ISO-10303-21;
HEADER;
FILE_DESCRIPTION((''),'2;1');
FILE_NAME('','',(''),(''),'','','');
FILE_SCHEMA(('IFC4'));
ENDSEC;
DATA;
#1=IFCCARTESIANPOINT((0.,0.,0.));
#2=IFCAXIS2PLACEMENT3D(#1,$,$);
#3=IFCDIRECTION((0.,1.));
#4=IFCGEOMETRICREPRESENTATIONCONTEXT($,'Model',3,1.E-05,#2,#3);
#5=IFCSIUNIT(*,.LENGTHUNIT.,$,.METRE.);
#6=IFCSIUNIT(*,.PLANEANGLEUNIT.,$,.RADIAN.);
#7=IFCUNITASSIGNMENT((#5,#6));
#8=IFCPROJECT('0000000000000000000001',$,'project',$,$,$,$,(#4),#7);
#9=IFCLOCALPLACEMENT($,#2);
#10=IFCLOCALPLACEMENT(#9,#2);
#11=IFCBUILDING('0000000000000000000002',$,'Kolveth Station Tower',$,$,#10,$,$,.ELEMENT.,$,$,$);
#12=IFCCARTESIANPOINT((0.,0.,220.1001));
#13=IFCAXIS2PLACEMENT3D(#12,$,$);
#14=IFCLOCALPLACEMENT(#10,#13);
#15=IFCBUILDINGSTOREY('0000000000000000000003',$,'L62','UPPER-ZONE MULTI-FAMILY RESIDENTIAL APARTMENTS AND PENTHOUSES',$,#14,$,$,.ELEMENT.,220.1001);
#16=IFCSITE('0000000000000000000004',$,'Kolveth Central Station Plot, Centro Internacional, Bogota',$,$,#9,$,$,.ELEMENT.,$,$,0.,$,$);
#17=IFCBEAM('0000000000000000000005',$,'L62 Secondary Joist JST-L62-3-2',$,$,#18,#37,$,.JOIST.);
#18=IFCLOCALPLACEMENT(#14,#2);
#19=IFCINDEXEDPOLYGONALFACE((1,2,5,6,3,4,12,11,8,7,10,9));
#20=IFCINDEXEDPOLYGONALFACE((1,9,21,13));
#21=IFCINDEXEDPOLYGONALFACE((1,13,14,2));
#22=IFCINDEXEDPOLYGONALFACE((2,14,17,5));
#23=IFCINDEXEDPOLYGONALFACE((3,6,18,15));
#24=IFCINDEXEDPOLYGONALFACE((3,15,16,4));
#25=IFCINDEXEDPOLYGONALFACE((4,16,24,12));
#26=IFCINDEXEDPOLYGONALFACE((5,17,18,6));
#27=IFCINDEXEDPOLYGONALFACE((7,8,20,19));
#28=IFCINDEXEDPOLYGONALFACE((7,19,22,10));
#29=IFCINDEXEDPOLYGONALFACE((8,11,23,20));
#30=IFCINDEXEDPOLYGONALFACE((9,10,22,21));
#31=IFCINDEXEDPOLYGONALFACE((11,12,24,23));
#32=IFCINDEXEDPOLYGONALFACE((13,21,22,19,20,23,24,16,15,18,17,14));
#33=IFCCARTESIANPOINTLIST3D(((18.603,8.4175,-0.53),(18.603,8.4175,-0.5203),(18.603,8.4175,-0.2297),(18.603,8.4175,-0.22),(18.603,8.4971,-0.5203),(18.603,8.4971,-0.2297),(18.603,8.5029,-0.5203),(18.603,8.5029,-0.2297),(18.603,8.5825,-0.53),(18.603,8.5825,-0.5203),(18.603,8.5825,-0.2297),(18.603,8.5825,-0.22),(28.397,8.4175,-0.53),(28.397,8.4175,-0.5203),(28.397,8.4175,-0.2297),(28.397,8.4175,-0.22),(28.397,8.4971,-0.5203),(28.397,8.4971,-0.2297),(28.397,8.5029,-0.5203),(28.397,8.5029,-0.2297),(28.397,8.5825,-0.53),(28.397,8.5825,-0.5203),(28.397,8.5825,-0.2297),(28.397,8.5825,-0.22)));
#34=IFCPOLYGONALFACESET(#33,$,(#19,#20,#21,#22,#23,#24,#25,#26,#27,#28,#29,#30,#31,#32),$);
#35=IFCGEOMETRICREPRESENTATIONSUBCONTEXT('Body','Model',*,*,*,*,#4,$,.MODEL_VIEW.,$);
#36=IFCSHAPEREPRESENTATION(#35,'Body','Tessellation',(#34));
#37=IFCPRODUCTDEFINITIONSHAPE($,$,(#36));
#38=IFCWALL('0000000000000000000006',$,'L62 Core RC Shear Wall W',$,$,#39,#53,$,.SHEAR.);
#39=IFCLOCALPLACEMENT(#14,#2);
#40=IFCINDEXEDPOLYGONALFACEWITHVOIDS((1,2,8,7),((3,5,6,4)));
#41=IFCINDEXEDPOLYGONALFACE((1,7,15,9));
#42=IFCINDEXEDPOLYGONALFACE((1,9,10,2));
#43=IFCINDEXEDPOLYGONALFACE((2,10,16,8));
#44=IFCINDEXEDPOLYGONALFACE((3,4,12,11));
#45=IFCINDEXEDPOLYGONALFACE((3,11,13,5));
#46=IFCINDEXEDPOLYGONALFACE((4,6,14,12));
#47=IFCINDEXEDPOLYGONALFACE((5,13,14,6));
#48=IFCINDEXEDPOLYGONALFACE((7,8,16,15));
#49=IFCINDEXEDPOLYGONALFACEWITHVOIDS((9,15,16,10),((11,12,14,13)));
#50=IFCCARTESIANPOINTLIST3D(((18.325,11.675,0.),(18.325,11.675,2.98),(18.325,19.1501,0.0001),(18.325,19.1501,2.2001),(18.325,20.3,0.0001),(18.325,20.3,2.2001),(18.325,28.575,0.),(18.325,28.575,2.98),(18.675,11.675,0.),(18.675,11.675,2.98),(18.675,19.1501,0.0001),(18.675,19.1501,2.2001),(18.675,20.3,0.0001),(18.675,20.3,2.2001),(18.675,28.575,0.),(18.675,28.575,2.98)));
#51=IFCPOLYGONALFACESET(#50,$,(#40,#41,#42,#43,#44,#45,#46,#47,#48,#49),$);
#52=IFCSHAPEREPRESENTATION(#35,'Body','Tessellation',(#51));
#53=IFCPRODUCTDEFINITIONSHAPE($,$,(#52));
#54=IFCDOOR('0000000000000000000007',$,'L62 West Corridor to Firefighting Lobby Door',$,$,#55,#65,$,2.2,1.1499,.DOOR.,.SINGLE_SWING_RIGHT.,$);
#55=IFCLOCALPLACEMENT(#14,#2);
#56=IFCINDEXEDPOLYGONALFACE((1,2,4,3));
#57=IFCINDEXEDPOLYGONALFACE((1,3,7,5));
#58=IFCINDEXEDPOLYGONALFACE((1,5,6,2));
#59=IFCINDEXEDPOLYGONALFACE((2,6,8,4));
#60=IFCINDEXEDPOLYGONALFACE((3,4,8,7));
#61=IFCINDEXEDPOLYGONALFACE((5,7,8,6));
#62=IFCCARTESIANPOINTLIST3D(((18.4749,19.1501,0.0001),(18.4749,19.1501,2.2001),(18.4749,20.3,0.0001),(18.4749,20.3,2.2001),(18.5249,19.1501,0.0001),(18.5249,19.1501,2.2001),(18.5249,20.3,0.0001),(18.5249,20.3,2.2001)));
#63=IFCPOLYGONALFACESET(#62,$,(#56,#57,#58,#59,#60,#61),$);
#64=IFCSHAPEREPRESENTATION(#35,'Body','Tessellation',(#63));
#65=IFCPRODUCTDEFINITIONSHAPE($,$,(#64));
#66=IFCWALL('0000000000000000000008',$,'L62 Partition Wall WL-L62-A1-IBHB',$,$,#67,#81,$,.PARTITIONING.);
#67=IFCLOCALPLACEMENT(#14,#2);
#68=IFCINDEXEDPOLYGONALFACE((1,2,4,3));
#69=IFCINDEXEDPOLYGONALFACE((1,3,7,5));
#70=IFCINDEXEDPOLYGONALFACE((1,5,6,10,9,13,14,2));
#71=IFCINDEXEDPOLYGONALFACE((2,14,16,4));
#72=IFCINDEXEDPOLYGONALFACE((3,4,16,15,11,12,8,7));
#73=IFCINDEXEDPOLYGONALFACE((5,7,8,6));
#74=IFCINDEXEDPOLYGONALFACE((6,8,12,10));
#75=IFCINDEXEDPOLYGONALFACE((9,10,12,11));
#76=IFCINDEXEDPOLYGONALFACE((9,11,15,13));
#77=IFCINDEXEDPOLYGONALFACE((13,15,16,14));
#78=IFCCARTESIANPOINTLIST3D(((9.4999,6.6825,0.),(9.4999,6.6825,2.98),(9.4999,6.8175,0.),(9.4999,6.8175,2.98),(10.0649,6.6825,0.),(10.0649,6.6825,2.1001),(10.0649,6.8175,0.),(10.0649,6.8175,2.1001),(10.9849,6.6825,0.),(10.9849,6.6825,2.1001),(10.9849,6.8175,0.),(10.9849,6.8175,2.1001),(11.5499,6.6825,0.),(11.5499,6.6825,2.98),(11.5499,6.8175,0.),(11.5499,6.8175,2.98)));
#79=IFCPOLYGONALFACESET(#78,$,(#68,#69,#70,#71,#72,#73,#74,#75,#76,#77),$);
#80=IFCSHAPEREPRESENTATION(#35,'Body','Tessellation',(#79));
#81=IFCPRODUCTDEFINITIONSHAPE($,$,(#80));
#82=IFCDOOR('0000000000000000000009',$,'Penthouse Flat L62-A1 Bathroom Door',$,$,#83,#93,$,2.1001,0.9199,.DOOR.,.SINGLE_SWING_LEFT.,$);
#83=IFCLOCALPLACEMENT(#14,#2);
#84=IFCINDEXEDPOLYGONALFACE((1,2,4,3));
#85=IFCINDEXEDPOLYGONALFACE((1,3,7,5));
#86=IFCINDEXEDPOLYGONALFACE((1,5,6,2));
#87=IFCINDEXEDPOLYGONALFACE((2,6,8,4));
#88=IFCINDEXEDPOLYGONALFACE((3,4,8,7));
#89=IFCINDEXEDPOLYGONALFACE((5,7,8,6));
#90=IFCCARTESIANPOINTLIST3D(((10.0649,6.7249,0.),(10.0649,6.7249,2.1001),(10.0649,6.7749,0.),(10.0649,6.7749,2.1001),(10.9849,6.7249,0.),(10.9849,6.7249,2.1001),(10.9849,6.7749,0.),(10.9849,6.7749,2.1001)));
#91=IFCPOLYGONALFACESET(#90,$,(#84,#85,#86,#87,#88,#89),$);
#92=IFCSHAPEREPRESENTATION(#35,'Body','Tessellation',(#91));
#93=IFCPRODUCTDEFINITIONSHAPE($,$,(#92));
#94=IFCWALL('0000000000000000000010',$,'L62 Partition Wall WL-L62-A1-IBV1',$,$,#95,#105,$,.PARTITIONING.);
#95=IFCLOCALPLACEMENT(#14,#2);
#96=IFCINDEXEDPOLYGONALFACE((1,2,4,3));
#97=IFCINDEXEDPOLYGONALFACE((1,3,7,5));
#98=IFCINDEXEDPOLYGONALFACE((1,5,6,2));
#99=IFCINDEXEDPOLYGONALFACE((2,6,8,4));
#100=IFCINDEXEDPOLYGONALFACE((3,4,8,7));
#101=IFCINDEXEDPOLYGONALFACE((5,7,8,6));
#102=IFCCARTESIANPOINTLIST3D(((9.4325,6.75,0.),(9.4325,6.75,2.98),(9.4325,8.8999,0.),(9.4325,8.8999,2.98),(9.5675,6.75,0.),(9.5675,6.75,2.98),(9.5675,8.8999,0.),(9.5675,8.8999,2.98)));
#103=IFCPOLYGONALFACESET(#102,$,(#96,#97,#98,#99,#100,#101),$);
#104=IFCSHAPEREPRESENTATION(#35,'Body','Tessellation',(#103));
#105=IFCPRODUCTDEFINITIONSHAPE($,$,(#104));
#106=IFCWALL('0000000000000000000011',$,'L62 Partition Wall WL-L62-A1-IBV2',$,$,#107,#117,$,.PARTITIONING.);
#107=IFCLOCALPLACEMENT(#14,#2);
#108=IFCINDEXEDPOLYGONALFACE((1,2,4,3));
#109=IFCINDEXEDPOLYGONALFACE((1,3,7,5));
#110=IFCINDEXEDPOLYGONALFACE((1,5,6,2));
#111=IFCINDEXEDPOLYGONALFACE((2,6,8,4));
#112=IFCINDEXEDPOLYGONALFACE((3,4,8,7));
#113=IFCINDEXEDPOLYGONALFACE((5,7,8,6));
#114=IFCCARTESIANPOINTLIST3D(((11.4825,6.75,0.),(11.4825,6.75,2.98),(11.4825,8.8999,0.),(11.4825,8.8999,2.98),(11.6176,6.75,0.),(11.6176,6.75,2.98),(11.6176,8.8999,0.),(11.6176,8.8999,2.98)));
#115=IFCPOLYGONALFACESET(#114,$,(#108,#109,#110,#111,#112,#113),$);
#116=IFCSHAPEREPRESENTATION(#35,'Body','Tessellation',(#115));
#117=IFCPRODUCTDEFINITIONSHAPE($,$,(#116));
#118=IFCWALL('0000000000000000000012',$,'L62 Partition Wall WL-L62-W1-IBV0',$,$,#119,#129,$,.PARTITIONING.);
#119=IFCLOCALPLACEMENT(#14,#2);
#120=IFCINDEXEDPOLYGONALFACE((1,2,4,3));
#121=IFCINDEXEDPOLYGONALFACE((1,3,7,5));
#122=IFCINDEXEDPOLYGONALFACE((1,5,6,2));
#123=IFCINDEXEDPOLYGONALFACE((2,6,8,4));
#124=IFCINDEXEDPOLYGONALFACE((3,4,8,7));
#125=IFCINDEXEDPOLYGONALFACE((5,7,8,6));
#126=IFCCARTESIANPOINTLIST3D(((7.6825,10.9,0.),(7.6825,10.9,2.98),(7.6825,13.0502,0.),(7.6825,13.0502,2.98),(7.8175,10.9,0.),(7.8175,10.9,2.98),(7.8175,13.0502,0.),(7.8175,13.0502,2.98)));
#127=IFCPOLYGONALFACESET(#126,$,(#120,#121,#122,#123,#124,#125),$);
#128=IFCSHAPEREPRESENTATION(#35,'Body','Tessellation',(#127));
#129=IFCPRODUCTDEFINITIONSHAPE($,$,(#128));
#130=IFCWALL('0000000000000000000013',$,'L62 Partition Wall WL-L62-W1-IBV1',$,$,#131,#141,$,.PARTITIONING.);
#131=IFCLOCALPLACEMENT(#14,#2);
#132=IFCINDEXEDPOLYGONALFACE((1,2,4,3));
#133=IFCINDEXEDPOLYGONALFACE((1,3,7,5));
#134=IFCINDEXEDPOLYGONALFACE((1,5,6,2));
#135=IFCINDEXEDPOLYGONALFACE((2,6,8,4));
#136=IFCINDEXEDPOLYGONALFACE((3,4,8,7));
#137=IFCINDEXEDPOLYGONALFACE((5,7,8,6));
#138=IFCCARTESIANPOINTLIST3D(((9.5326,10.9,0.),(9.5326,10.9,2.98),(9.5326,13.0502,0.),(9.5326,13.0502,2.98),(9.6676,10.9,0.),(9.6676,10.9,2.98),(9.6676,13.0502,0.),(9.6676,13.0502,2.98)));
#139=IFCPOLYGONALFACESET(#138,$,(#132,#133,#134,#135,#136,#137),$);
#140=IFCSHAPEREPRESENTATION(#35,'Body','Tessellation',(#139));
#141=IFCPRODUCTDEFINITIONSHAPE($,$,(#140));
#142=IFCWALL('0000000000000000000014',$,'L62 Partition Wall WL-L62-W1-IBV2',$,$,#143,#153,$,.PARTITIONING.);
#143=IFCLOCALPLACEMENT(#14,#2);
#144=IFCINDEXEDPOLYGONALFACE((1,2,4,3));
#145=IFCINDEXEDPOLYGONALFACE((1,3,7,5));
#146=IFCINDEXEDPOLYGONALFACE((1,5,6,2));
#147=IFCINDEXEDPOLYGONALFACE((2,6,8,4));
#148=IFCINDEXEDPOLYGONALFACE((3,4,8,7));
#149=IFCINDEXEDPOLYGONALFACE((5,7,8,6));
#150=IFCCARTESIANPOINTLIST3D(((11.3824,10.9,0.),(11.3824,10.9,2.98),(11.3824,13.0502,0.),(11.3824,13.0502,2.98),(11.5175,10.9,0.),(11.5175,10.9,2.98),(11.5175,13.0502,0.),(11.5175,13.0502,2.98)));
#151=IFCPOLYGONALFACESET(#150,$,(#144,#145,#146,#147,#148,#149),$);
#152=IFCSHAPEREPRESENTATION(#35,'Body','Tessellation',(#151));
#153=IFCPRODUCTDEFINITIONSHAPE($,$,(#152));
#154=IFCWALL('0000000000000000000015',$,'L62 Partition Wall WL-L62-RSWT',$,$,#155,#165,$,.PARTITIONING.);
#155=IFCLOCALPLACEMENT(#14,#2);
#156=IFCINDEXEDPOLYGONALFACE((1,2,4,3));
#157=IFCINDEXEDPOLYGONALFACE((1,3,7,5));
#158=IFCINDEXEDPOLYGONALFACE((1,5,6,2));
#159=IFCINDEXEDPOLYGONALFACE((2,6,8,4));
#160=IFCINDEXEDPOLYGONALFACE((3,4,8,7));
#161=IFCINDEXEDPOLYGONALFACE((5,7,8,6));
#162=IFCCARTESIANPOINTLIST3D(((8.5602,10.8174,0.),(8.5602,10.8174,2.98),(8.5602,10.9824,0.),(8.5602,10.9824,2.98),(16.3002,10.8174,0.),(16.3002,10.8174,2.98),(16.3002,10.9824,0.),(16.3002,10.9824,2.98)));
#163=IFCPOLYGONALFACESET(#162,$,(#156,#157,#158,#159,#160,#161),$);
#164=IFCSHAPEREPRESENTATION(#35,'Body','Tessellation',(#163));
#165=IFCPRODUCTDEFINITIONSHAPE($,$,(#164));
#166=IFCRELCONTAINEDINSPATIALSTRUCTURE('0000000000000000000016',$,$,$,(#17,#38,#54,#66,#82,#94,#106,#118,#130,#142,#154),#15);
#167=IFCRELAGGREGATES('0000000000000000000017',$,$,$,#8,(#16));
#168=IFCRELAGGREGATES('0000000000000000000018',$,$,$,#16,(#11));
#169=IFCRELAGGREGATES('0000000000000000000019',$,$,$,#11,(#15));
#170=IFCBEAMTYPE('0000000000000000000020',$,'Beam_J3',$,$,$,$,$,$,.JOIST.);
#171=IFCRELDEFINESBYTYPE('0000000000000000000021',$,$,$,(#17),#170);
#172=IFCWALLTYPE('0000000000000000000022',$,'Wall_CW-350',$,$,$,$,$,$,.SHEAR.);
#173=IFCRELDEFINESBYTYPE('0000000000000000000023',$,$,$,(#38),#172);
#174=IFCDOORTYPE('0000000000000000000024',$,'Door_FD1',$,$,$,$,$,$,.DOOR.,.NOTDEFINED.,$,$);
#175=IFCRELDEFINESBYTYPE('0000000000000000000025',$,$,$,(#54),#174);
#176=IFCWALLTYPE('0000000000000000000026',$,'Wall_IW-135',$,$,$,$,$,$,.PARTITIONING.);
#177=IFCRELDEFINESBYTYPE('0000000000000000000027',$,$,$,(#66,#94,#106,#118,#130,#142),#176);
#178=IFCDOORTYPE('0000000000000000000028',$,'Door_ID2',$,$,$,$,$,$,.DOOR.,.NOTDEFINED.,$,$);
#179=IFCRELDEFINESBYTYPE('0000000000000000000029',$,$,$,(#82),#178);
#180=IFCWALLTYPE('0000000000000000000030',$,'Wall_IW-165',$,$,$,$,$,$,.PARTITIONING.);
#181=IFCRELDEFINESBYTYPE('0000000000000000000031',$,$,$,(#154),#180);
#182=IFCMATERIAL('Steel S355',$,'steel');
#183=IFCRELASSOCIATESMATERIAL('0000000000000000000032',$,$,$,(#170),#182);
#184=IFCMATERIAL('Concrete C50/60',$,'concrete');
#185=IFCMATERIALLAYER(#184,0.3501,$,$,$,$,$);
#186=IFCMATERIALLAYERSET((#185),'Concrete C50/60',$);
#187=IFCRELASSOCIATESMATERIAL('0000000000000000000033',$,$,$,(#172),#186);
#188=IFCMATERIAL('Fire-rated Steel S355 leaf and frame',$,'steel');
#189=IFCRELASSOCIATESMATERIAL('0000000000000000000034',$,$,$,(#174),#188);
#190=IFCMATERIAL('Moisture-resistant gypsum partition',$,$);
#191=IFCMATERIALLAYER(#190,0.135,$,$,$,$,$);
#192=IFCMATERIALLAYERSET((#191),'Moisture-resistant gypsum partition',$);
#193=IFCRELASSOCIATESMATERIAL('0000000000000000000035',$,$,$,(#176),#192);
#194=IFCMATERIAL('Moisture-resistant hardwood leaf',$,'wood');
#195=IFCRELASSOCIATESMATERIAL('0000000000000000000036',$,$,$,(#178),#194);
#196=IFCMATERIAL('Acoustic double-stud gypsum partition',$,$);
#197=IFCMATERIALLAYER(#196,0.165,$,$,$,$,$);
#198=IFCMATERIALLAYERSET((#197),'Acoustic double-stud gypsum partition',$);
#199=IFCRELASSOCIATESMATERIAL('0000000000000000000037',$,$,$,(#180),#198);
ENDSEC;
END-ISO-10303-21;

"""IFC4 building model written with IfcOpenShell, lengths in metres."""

from ifc_helpers import new_model, si_unit, direction, frame, frame_2d, origin, origin_2d, place, context, subcontext, project, spatial, rectangle, i_section, extrude, source, transform, mapped, material, layer, layer_set, material_profile, profile_set, type_object, element, fill, save


model = new_model("IFC4")

# Units and contexts
model_context = context("Model", 3, precision=1e-05, world=origin(), true_north=direction((0.0, 1.0)))
body_context = subcontext(model_context, "Body", "Model", "MODEL_VIEW")
ifc_project = project(units=[si_unit("LENGTHUNIT", "METRE"), si_unit("PLANEANGLEUNIT", "RADIAN")], contexts=[model_context])

# Site, building, storey
site_placement = place(None, origin())
site = spatial("IfcSite", under=ifc_project, at=site_placement, Name="Kolveth Central Station Plot, Centro Internacional, Bogota", CompositionType="ELEMENT", RefElevation=0.0)
building_placement = place(site_placement, origin())
building = spatial("IfcBuilding", under=site, at=building_placement, Name="Kolveth Station Tower", CompositionType="ELEMENT")
storey_placement = place(building_placement, frame((0.0, 0.0, 220.1001)))
storey = spatial("IfcBuildingStorey", under=building, at=storey_placement, Name="L62", Description="UPPER-ZONE MULTI-FAMILY RESIDENTIAL APARTMENTS AND PENTHOUSES", CompositionType="ELEMENT", Elevation=220.1001)

# Shared definitions
ifc_material_1 = material(Name="Steel S355", Category="steel")

# Beam
ifc_material_profile_1 = material_profile(ifc_material_1, i_section(OverallWidth=0.165, OverallDepth=0.3101, WebThickness=0.0059, FlangeThickness=0.0098, at=origin_2d()), Name="W310x39")
ifc_profile_set_1 = profile_set([ifc_material_profile_1], Name="Steel S355")
beam_type_1 = type_object("IfcBeamType", Name="Beam_J3", PredefinedType="JOIST", material=ifc_profile_set_1)
shared_shape_1 = source(origin(), body_context, "Body", "SweptSolid", [
    extrude(i_section(OverallWidth=0.165, OverallDepth=0.3101, WebThickness=0.0059, FlangeThickness=0.0098, at=origin_2d()), origin(), (0.0, 0.0, 1.0), 9.7939),
])
beam_1_placement = place(storey_placement, frame((18.603, 8.5, -0.375), z_axis=(1.0, 0.0, 0.0), x_axis=(0.0, 1.0, 0.0)))
element("IfcBeam", 1, at=beam_1_placement, inside=storey, type_object=beam_type_1, Name="L62 Secondary Joist JST-L62-3-2", PredefinedType="JOIST", context=body_context, shape_type="MappedRepresentation", body=[
    mapped(shared_shape_1, transform((0.0, 0.0, 0.0), x_axis=(1.0, 0.0, 0.0), y_axis=(0.0, 1.0, 0.0), z_axis=(0.0, 0.0, 1.0), scale=1.0)),
])

# Shared definitions
ifc_material_2 = material(Name="Concrete C50/60", Category="concrete")
ifc_layer_1 = layer(ifc_material_2, 0.3501)
ifc_layer_set_1 = layer_set([ifc_layer_1], Name="Concrete C50/60")
wall_type_1 = type_object("IfcWallType", Name="Wall_CW-350", PredefinedType="SHEAR", material=ifc_layer_set_1)

# Walls, openings, doors
wall_1_placement = place(storey_placement, frame((18.5, 11.675, 0.0), z_axis=(0.0, 0.0, 1.0), x_axis=(0.0, 1.0, 0.0)))
wall_1 = element("IfcWall", 2, at=wall_1_placement, inside=storey, type_object=wall_type_1, Name="L62 Core RC Shear Wall W", PredefinedType="SHEAR", context=body_context, shape_type="SweptSolid", body=[
    extrude(rectangle(XDim=16.8999, YDim=0.3501, at=frame_2d((8.45, 0.0))), origin(), (0.0, 0.0, 1.0), 2.98),
])
opening_1_placement = place(wall_1_placement, frame((7.4751, 0.0, 0.0)))
opening_1 = element("IfcOpeningElement", 3, at=opening_1_placement, cuts=wall_1, PredefinedType="OPENING", context=body_context, shape_type="SweptSolid", body=[
    extrude(rectangle(XDim=1.1499, YDim=2.2, at=frame_2d((0.575, 1.1001))), frame((0.0, 0.1851, 0.0), z_axis=(0.0, -1.0, 0.0), x_axis=(1.0, 0.0, 0.0)), (0.0, 0.0, 1.0), 0.3701),
])
ifc_material_3 = material(Name="Fire-rated Steel S355 leaf and frame", Category="steel")
door_type_1 = type_object("IfcDoorType", Name="Door_FD1", OperationType="NOTDEFINED", PredefinedType="DOOR", material=ifc_material_3)
door_1_placement = place(opening_1_placement, frame((1.1499, 0.0, 0.0), z_axis=(0.0, 0.0, 1.0), x_axis=(-1.0, 0.0, 0.0)))
door_1 = element("IfcDoor", 4, at=door_1_placement, inside=storey, type_object=door_type_1, Name="L62 West Corridor to Firefighting Lobby Door", OperationType="SINGLE_SWING_RIGHT", OverallHeight=2.2, OverallWidth=1.1499, PredefinedType="DOOR", context=body_context, shape_type="SweptSolid", body=[
    extrude(rectangle(XDim=1.1499, YDim=2.2, at=frame_2d((0.575, 1.1001))), frame((0.0, 0.0249, 0.0), z_axis=(0.0, -1.0, 0.0), x_axis=(1.0, 0.0, 0.0)), (0.0, 0.0, 1.0), 0.05),
])
fill(opening_1, door_1)
ifc_material_4 = material(Name="Moisture-resistant gypsum partition")
ifc_layer_2 = layer(ifc_material_4, 0.135)
ifc_layer_set_2 = layer_set([ifc_layer_2], Name="Moisture-resistant gypsum partition")
wall_type_2 = type_object("IfcWallType", Name="Wall_IW-135", PredefinedType="PARTITIONING", material=ifc_layer_set_2)
wall_2_placement = place(storey_placement, frame((9.5, 6.75, 0.0), z_axis=(0.0, 0.0, 1.0), x_axis=(1.0, 0.0, 0.0)))
wall_2 = element("IfcWall", 5, at=wall_2_placement, inside=storey, type_object=wall_type_2, Name="L62 Partition Wall WL-L62-A1-IBHB", PredefinedType="PARTITIONING", context=body_context, shape_type="SweptSolid", body=[
    extrude(rectangle(XDim=2.05, YDim=0.135, at=frame_2d((1.0249, 0.0))), origin(), (0.0, 0.0, 1.0), 2.98),
])
opening_2_placement = place(wall_2_placement, frame((0.5649, 0.0, 0.0)))
opening_2 = element("IfcOpeningElement", 6, at=opening_2_placement, cuts=wall_2, PredefinedType="OPENING", context=body_context, shape_type="SweptSolid", body=[
    extrude(rectangle(XDim=0.9199, YDim=2.1001, at=frame_2d((0.46, 1.05))), frame((0.0, 0.0774, 0.0), z_axis=(0.0, -1.0, 0.0), x_axis=(1.0, 0.0, 0.0)), (0.0, 0.0, 1.0), 0.155),
])
ifc_material_5 = material(Name="Moisture-resistant hardwood leaf", Category="wood")
door_type_2 = type_object("IfcDoorType", Name="Door_ID2", OperationType="NOTDEFINED", PredefinedType="DOOR", material=ifc_material_5)
door_2_placement = place(opening_2_placement, origin())
door_2 = element("IfcDoor", 7, at=door_2_placement, inside=storey, type_object=door_type_2, Name="Penthouse Flat L62-A1 Bathroom Door", OperationType="SINGLE_SWING_LEFT", OverallHeight=2.1001, OverallWidth=0.9199, PredefinedType="DOOR", context=body_context, shape_type="SweptSolid", body=[
    extrude(rectangle(XDim=0.9199, YDim=2.1001, at=frame_2d((0.46, 1.05))), frame((0.0, 0.0249, 0.0), z_axis=(0.0, -1.0, 0.0), x_axis=(1.0, 0.0, 0.0)), (0.0, 0.0, 1.0), 0.05),
])
fill(opening_2, door_2)

# Walls
for number, where, z_axis, x_axis, name in (
    (8, (9.5, 6.75, 0.0), (0.0, 0.0, 1.0), (0.0, 1.0, 0.0), "L62 Partition Wall WL-L62-A1-IBV1"),
    (9, (11.55, 6.75, 0.0), (0.0, 0.0, 1.0), (0.0, 1.0, 0.0), "L62 Partition Wall WL-L62-A1-IBV2"),
):
    element("IfcWall", number, at=place(storey_placement, frame(where, z_axis=z_axis, x_axis=x_axis)), inside=storey, type_object=wall_type_2, Name=name, PredefinedType="PARTITIONING", context=body_context, shape_type="SweptSolid", body=[
        extrude(rectangle(XDim=2.1499, YDim=0.135, at=frame_2d((1.075, 0.0))), origin(), (0.0, 0.0, 1.0), 2.98),
    ])

# Walls
for number, where, z_axis, x_axis, name in (
    (10, (7.75, 10.8999, 0.0), (0.0, 0.0, 1.0), (0.0, 1.0, 0.0), "L62 Partition Wall WL-L62-W1-IBV0"),
    (11, (9.6001, 10.8999, 0.0), (0.0, 0.0, 1.0), (0.0, 1.0, 0.0), "L62 Partition Wall WL-L62-W1-IBV1"),
    (12, (11.45, 10.8999, 0.0), (0.0, 0.0, 1.0), (0.0, 1.0, 0.0), "L62 Partition Wall WL-L62-W1-IBV2"),
):
    element("IfcWall", number, at=place(storey_placement, frame(where, z_axis=z_axis, x_axis=x_axis)), inside=storey, type_object=wall_type_2, Name=name, PredefinedType="PARTITIONING", context=body_context, shape_type="SweptSolid", body=[
        extrude(rectangle(XDim=2.1501, YDim=0.135, at=frame_2d((1.0752, 0.0))), origin(), (0.0, 0.0, 1.0), 2.98),
    ])
ifc_material_6 = material(Name="Acoustic double-stud gypsum partition")
ifc_layer_3 = layer(ifc_material_6, 0.165)
ifc_layer_set_3 = layer_set([ifc_layer_3], Name="Acoustic double-stud gypsum partition")
wall_type_3 = type_object("IfcWallType", Name="Wall_IW-165", PredefinedType="PARTITIONING", material=ifc_layer_set_3)
wall_3_placement = place(storey_placement, frame((8.5601, 10.8999, 0.0), z_axis=(0.0, 0.0, 1.0), x_axis=(1.0, 0.0, 0.0)))
element("IfcWall", 13, at=wall_3_placement, inside=storey, type_object=wall_type_3, Name="L62 Partition Wall WL-L62-RSWT", PredefinedType="PARTITIONING", context=body_context, shape_type="SweptSolid", body=[
    extrude(rectangle(XDim=7.74, YDim=0.165, at=frame_2d((3.8701, 0.0))), origin(), (0.0, 0.0, 1.0), 2.98),
])

save(model, "model.ifc")
